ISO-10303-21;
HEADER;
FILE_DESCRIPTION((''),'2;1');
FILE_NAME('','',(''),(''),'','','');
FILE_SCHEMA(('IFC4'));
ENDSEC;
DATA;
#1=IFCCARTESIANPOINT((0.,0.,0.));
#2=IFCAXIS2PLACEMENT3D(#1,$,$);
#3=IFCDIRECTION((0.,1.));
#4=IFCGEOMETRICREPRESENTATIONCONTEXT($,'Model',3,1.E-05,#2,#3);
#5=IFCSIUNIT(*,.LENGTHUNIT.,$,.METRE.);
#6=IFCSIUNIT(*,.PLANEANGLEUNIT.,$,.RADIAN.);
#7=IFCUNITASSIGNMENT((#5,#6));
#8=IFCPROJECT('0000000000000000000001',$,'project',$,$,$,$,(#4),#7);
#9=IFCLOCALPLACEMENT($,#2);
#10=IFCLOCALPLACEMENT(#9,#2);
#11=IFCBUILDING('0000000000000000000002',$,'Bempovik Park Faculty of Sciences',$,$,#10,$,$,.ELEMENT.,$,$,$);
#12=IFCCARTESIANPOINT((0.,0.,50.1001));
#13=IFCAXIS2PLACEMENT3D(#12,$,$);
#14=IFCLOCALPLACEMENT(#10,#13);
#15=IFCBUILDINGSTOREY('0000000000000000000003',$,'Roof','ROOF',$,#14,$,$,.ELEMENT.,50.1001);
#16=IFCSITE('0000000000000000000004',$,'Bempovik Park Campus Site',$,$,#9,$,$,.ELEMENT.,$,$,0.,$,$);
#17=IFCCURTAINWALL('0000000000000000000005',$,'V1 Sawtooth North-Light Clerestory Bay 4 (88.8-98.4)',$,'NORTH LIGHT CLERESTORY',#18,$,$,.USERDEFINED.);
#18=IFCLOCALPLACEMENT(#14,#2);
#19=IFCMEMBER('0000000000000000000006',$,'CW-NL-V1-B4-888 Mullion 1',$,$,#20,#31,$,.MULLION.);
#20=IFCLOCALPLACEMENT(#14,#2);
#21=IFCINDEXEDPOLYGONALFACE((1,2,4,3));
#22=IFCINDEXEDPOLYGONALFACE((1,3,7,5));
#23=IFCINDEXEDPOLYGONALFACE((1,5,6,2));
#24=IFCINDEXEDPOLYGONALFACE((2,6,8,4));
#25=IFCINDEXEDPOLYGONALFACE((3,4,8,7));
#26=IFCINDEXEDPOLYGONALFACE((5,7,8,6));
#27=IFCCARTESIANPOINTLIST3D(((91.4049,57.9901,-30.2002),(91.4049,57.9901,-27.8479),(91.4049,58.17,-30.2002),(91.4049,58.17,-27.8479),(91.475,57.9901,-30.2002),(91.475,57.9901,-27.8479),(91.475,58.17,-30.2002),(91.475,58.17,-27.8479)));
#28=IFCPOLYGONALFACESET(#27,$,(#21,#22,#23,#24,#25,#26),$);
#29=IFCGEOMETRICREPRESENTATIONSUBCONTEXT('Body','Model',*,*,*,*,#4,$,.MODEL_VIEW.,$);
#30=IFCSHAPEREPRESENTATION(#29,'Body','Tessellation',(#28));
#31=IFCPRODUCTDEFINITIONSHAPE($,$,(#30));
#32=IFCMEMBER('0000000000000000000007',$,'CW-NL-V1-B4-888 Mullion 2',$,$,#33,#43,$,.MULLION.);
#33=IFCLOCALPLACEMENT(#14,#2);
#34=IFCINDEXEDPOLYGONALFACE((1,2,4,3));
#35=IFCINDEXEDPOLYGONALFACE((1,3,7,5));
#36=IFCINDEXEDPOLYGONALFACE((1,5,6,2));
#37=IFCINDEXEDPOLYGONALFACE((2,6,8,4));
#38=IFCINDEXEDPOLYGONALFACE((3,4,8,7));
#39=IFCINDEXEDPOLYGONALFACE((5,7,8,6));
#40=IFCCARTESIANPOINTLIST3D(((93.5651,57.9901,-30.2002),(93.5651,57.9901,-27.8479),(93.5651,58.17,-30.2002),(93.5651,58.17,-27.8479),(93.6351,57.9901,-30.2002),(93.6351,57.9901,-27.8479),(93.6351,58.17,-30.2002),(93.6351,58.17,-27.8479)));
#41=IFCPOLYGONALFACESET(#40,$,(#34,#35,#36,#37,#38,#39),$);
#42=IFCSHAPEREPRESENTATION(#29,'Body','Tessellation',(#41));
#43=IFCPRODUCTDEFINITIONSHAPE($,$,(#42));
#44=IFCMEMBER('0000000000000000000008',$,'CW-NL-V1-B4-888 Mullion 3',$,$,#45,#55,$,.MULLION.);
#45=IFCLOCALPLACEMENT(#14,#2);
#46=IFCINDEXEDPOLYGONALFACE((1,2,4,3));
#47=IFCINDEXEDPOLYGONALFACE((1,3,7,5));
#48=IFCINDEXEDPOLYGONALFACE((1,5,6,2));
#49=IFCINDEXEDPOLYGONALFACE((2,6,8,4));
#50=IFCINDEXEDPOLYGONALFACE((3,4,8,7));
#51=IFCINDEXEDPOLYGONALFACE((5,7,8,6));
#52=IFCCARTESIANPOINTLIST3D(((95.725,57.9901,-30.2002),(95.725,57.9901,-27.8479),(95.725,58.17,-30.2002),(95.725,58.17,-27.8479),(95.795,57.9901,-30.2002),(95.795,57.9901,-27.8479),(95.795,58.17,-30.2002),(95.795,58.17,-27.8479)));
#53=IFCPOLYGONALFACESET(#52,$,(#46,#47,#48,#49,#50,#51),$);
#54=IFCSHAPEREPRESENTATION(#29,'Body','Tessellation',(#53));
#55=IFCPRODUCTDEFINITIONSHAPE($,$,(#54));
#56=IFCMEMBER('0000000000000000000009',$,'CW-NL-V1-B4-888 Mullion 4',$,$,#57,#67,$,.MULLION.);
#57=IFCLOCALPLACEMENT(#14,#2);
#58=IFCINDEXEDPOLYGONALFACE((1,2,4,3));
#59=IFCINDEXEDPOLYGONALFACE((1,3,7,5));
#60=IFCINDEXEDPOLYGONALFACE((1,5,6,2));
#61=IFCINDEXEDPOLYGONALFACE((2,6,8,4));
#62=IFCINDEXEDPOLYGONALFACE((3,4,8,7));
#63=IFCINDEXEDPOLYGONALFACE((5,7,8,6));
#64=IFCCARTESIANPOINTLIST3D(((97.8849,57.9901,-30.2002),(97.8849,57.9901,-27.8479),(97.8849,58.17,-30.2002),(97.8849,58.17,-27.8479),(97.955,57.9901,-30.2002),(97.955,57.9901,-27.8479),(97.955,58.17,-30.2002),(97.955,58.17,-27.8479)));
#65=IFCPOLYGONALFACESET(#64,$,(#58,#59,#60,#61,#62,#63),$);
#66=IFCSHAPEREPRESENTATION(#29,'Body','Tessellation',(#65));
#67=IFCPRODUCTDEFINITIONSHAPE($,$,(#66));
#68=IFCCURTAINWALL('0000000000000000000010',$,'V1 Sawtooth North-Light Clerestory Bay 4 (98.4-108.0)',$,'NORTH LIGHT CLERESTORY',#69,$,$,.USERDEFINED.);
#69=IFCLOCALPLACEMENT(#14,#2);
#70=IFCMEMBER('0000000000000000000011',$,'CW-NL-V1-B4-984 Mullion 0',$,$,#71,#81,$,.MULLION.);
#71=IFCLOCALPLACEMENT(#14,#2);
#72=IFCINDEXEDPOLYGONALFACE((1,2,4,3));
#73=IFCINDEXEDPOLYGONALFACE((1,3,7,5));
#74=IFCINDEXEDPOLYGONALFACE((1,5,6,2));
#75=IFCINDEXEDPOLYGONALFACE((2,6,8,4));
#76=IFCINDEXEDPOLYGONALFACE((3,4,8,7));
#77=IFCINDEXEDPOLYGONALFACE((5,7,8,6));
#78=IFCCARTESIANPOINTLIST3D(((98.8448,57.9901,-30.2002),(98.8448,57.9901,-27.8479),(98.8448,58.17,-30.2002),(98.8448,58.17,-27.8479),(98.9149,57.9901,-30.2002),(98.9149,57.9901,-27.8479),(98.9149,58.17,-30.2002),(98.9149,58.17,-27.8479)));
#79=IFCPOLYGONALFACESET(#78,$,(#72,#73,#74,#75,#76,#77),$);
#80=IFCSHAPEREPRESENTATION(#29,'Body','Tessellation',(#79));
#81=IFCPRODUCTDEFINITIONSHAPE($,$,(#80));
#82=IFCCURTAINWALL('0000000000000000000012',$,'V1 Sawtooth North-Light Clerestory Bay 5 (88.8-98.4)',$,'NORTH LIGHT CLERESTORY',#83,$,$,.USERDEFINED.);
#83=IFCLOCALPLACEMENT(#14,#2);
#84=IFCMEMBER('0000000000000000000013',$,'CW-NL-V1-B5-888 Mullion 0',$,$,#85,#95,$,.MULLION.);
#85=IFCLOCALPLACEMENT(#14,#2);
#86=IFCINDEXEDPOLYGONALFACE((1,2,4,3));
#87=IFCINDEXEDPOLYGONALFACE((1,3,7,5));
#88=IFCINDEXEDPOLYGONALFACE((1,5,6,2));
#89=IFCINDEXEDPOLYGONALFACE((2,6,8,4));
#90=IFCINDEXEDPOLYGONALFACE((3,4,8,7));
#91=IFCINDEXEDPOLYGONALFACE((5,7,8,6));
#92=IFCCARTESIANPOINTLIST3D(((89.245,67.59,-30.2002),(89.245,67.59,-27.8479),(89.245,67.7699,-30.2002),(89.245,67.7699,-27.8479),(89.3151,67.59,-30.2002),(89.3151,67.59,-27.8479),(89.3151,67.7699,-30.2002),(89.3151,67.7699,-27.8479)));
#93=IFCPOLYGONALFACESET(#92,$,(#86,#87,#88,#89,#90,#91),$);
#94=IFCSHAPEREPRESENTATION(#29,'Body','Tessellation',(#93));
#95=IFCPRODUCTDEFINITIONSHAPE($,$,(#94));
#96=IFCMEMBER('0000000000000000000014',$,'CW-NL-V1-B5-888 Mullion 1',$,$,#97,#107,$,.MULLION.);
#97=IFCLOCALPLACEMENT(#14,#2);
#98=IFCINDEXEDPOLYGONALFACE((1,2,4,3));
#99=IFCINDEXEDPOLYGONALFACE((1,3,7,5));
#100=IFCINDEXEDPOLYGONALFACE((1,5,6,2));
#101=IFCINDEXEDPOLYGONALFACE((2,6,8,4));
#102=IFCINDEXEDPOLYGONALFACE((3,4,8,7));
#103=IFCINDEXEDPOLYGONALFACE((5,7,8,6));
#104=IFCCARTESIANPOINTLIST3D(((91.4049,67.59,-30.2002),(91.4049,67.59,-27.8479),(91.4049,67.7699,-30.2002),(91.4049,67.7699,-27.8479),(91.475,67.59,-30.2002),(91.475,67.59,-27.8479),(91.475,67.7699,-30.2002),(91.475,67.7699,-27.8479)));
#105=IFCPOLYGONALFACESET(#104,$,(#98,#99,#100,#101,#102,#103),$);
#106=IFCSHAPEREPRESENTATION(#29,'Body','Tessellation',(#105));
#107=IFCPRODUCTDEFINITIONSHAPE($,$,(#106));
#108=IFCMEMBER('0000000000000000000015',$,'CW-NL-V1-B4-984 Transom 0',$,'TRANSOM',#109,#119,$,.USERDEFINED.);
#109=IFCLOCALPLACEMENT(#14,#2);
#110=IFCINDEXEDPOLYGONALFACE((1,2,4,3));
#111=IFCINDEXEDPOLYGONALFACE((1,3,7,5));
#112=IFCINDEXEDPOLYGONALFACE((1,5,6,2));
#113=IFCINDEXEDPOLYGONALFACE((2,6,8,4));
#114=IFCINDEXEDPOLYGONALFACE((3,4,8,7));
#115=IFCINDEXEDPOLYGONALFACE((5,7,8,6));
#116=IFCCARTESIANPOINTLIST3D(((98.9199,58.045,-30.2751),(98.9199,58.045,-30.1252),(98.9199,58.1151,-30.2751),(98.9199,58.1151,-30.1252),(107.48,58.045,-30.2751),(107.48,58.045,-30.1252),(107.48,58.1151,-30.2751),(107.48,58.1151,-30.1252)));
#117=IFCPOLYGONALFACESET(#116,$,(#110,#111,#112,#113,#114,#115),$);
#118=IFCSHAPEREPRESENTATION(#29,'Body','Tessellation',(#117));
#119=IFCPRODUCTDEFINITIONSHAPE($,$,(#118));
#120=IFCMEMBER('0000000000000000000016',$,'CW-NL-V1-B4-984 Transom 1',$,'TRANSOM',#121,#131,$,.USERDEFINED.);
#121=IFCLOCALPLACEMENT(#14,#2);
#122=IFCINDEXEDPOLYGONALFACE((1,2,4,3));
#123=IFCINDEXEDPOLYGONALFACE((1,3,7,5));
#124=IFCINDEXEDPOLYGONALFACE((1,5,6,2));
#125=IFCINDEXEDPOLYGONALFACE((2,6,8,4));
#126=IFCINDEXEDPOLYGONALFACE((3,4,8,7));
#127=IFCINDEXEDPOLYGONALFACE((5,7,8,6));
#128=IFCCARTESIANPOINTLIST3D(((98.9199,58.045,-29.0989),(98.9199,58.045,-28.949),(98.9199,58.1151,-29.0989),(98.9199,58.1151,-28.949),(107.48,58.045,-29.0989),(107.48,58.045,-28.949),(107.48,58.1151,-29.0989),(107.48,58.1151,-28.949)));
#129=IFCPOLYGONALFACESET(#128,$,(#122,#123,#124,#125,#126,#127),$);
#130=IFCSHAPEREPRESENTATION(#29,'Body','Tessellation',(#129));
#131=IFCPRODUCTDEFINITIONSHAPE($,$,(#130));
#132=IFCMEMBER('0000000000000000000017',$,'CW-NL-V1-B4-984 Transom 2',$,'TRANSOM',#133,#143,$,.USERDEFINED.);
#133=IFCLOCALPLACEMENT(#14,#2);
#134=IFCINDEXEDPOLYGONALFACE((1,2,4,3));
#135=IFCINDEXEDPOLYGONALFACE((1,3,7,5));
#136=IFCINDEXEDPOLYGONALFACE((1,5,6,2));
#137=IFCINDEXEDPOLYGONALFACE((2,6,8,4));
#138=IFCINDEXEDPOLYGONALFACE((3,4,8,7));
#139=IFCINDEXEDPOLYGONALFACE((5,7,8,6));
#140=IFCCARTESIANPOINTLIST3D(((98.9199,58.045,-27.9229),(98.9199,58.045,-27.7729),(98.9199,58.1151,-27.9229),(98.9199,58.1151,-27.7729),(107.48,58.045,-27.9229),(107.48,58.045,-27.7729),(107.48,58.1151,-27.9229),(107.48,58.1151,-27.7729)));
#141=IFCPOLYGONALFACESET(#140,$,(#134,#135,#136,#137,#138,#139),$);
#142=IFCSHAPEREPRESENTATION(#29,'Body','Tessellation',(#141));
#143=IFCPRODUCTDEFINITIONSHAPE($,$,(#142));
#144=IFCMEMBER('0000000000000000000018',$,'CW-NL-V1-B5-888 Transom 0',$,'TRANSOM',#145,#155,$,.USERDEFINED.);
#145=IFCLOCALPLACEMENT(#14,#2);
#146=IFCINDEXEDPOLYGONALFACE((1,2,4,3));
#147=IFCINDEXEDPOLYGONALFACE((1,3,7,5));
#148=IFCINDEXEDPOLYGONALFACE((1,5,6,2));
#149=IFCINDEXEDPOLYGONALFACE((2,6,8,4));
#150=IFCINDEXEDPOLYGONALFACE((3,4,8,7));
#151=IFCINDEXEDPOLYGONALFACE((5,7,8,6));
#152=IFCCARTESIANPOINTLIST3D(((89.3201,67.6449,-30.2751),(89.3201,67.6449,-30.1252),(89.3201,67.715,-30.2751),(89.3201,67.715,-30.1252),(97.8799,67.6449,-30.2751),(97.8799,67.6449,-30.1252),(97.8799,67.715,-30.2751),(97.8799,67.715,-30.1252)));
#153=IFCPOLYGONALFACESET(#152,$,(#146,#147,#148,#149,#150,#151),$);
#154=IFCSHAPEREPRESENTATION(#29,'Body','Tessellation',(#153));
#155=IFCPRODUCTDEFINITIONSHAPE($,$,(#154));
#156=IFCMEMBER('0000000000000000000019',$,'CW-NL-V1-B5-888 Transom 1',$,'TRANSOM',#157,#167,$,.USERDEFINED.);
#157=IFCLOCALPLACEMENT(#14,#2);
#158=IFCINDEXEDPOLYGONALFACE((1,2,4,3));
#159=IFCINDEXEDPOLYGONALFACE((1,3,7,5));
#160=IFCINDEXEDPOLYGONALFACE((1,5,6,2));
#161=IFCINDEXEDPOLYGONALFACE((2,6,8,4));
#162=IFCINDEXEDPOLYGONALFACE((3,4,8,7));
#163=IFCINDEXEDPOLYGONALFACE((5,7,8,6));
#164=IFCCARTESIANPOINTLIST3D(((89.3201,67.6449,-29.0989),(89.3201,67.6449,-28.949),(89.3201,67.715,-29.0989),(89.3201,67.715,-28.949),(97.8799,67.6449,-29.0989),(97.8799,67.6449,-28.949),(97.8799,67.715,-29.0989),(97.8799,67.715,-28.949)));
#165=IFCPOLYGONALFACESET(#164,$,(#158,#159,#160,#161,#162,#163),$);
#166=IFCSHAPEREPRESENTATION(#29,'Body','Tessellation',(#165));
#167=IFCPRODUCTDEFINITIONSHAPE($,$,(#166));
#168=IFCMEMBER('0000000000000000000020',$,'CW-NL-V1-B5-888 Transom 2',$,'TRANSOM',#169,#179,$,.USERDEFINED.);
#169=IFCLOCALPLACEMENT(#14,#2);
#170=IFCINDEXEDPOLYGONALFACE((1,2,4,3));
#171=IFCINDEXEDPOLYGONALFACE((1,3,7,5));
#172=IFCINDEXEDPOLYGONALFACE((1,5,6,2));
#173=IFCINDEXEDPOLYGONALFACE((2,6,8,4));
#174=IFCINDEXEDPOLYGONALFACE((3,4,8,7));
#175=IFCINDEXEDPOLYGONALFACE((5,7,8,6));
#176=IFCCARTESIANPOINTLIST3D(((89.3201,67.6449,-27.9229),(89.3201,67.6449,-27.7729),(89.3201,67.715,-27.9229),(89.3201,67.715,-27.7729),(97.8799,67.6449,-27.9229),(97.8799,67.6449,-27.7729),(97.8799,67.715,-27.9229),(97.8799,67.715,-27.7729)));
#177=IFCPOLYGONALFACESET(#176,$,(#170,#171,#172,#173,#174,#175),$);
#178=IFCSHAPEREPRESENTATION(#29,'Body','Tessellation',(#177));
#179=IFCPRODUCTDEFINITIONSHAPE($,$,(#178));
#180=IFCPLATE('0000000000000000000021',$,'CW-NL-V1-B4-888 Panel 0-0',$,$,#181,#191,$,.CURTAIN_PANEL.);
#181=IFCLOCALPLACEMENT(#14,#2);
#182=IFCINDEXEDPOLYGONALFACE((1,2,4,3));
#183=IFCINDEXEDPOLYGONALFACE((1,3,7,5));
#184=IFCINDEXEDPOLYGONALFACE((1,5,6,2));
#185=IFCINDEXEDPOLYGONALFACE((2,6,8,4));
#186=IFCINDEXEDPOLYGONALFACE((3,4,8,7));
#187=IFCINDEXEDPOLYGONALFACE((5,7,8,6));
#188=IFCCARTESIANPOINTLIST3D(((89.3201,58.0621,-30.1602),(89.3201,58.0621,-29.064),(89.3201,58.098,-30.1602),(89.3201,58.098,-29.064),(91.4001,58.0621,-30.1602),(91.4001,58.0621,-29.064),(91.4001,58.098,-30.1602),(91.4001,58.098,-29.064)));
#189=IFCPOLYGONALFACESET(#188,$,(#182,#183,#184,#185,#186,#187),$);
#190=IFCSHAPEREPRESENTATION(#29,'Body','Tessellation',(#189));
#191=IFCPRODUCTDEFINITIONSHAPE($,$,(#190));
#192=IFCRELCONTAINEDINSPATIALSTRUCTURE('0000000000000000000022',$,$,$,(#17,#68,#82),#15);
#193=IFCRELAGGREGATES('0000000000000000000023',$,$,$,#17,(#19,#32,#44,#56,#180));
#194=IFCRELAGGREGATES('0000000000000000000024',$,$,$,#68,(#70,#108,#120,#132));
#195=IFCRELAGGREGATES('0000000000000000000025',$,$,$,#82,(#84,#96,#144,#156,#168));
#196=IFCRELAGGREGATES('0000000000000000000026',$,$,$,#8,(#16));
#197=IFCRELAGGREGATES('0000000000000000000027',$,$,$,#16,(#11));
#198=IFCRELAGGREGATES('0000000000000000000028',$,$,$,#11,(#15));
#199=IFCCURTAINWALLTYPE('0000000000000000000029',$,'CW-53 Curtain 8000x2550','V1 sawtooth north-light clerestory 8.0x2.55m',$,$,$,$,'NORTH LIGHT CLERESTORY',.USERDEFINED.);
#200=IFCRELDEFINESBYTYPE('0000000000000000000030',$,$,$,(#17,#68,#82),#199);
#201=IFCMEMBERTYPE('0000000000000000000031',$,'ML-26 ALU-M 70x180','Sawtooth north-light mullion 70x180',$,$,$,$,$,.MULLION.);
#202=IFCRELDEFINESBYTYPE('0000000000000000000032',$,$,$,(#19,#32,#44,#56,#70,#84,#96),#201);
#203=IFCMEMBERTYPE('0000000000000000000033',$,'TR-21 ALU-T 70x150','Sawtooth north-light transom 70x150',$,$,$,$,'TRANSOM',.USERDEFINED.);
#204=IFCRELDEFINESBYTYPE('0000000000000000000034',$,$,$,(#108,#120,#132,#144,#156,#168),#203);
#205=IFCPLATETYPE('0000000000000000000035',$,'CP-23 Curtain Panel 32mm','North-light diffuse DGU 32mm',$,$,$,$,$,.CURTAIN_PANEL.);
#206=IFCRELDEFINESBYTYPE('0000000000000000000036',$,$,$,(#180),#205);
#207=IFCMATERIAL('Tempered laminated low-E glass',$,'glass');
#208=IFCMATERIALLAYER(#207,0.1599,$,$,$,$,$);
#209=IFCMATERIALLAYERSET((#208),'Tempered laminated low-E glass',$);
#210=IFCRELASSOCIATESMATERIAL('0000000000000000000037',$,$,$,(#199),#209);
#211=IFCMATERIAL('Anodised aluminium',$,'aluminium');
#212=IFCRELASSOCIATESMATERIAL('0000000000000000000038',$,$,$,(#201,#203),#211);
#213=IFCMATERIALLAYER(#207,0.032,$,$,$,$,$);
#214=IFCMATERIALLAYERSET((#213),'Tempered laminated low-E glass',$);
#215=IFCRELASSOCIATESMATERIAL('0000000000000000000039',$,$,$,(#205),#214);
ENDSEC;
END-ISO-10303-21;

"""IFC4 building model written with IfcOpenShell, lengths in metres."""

from ifc_helpers import new_model, si_unit, direction, frame, origin, origin_2d, place, context, subcontext, project, spatial, rectangle, extrude, material, layer, layer_set, material_profile, profile_set, type_object, element, aggregate, save


model = new_model("IFC4")

# Units and contexts
model_context = context("Model", 3, precision=1e-05, world=origin(), true_north=direction((0.0, 1.0)))
body_context = subcontext(model_context, "Body", "Model", "MODEL_VIEW")
ifc_project = project(units=[si_unit("LENGTHUNIT", "METRE"), si_unit("PLANEANGLEUNIT", "RADIAN")], contexts=[model_context])

# Site, building, storey
site_placement = place(None, origin())
site = spatial("IfcSite", under=ifc_project, at=site_placement, Name="Bempovik Park Campus Site", CompositionType="ELEMENT", RefElevation=0.0)
building_placement = place(site_placement, origin())
building = spatial("IfcBuilding", under=site, at=building_placement, Name="Bempovik Park Faculty of Sciences", CompositionType="ELEMENT")
storey_placement = place(building_placement, frame((0.0, 0.0, 50.1001)))
storey = spatial("IfcBuildingStorey", under=building, at=storey_placement, Name="Roof", Description="ROOF", CompositionType="ELEMENT", Elevation=50.1001)

# Curtain wall, members
ifc_material_1 = material(Name="Tempered laminated low-E glass", Category="glass")
ifc_layer_1 = layer(ifc_material_1, 0.1599)
ifc_layer_set_1 = layer_set([ifc_layer_1], Name="Tempered laminated low-E glass")
curtain_wall_type = type_object("IfcCurtainWallType", Name="CW-53 Curtain 8000x2550", Description="V1 sawtooth north-light clerestory 8.0x2.55m", ElementType="NORTH LIGHT CLERESTORY", PredefinedType="USERDEFINED", material=ifc_layer_set_1)
curtain_wall_1_placement = place(storey_placement, origin())
curtain_wall_1 = element("IfcCurtainWall", 1, at=curtain_wall_1_placement, inside=storey, type_object=curtain_wall_type, Name="V1 Sawtooth North-Light Clerestory Bay 4 (88.8-98.4)", ObjectType="NORTH LIGHT CLERESTORY", PredefinedType="USERDEFINED")
ifc_material_2 = material(Name="Anodised aluminium", Category="aluminium")
ifc_material_profile_1 = material_profile(ifc_material_2, rectangle(XDim=0.0701, YDim=0.1799, at=origin_2d()), Name="ALU-M 70x180")
ifc_profile_set_1 = profile_set([ifc_material_profile_1], Name="Anodised aluminium")
member_type_1 = type_object("IfcMemberType", Name="ML-26 ALU-M 70x180", Description="Sawtooth north-light mullion 70x180", PredefinedType="MULLION", material=ifc_profile_set_1)
member_1_placement = place(storey_placement, frame((91.4399, 58.0801, -30.2002), z_axis=(0.0, 0.0, 1.0), x_axis=(1.0, 0.0, 0.0)))
member_1 = element("IfcMember", 2, at=member_1_placement, type_object=member_type_1, Name="CW-NL-V1-B4-888 Mullion 1", PredefinedType="MULLION", context=body_context, shape_type="SweptSolid", body=[
    extrude(rectangle(XDim=0.0701, YDim=0.1799, at=origin_2d()), origin(), (0.0, 0.0, 1.0), 2.3523),
])
member_2_placement = place(storey_placement, frame((93.6001, 58.0801, -30.2002), z_axis=(0.0, 0.0, 1.0), x_axis=(1.0, 0.0, 0.0)))
member_2 = element("IfcMember", 3, at=member_2_placement, type_object=member_type_1, Name="CW-NL-V1-B4-888 Mullion 2", PredefinedType="MULLION", context=body_context, shape_type="SweptSolid", body=[
    extrude(rectangle(XDim=0.0701, YDim=0.1799, at=origin_2d()), origin(), (0.0, 0.0, 1.0), 2.3523),
])
member_3_placement = place(storey_placement, frame((95.76, 58.0801, -30.2002), z_axis=(0.0, 0.0, 1.0), x_axis=(1.0, 0.0, 0.0)))
member_3 = element("IfcMember", 4, at=member_3_placement, type_object=member_type_1, Name="CW-NL-V1-B4-888 Mullion 3", PredefinedType="MULLION", context=body_context, shape_type="SweptSolid", body=[
    extrude(rectangle(XDim=0.0701, YDim=0.1799, at=origin_2d()), origin(), (0.0, 0.0, 1.0), 2.3523),
])
member_4_placement = place(storey_placement, frame((97.9199, 58.0801, -30.2002), z_axis=(0.0, 0.0, 1.0), x_axis=(1.0, 0.0, 0.0)))
member_4 = element("IfcMember", 5, at=member_4_placement, type_object=member_type_1, Name="CW-NL-V1-B4-888 Mullion 4", PredefinedType="MULLION", context=body_context, shape_type="SweptSolid", body=[
    extrude(rectangle(XDim=0.0701, YDim=0.1799, at=origin_2d()), origin(), (0.0, 0.0, 1.0), 2.3523),
])

# Curtain wall, member
curtain_wall_2_placement = place(storey_placement, origin())
curtain_wall_2 = element("IfcCurtainWall", 6, at=curtain_wall_2_placement, inside=storey, type_object=curtain_wall_type, Name="V1 Sawtooth North-Light Clerestory Bay 4 (98.4-108.0)", ObjectType="NORTH LIGHT CLERESTORY", PredefinedType="USERDEFINED")
member_5_placement = place(storey_placement, frame((98.8799, 58.0801, -30.2002), z_axis=(0.0, 0.0, 1.0), x_axis=(1.0, 0.0, 0.0)))
member_5 = element("IfcMember", 7, at=member_5_placement, type_object=member_type_1, Name="CW-NL-V1-B4-984 Mullion 0", PredefinedType="MULLION", context=body_context, shape_type="SweptSolid", body=[
    extrude(rectangle(XDim=0.0701, YDim=0.1799, at=origin_2d()), origin(), (0.0, 0.0, 1.0), 2.3523),
])

# Curtain wall, members
curtain_wall_3_placement = place(storey_placement, origin())
curtain_wall_3 = element("IfcCurtainWall", 8, at=curtain_wall_3_placement, inside=storey, type_object=curtain_wall_type, Name="V1 Sawtooth North-Light Clerestory Bay 5 (88.8-98.4)", ObjectType="NORTH LIGHT CLERESTORY", PredefinedType="USERDEFINED")
member_6_placement = place(storey_placement, frame((89.28, 67.6799, -30.2002), z_axis=(0.0, 0.0, 1.0), x_axis=(1.0, 0.0, 0.0)))
member_6 = element("IfcMember", 9, at=member_6_placement, type_object=member_type_1, Name="CW-NL-V1-B5-888 Mullion 0", PredefinedType="MULLION", context=body_context, shape_type="SweptSolid", body=[
    extrude(rectangle(XDim=0.0701, YDim=0.1799, at=origin_2d()), origin(), (0.0, 0.0, 1.0), 2.3523),
])
member_7_placement = place(storey_placement, frame((91.4399, 67.6799, -30.2002), z_axis=(0.0, 0.0, 1.0), x_axis=(1.0, 0.0, 0.0)))
member_7 = element("IfcMember", 10, at=member_7_placement, type_object=member_type_1, Name="CW-NL-V1-B5-888 Mullion 1", PredefinedType="MULLION", context=body_context, shape_type="SweptSolid", body=[
    extrude(rectangle(XDim=0.0701, YDim=0.1799, at=origin_2d()), origin(), (0.0, 0.0, 1.0), 2.3523),
])

# Members
ifc_material_profile_2 = material_profile(ifc_material_2, rectangle(XDim=0.0701, YDim=0.1499, at=origin_2d()), Name="ALU-T 70x150")
ifc_profile_set_2 = profile_set([ifc_material_profile_2], Name="Anodised aluminium")
member_type_2 = type_object("IfcMemberType", Name="TR-21 ALU-T 70x150", Description="Sawtooth north-light transom 70x150", ElementType="TRANSOM", PredefinedType="USERDEFINED", material=ifc_profile_set_2)
member_8_placement = place(storey_placement, frame((98.9199, 58.0801, -30.2002), z_axis=(1.0, 0.0, 0.0), x_axis=(0.0, 1.0, 0.0)))
member_8 = element("IfcMember", 11, at=member_8_placement, type_object=member_type_2, Name="CW-NL-V1-B4-984 Transom 0", ObjectType="TRANSOM", PredefinedType="USERDEFINED", context=body_context, shape_type="SweptSolid", body=[
    extrude(rectangle(XDim=0.0701, YDim=0.1499, at=origin_2d()), origin(), (0.0, 0.0, 1.0), 8.5601),
])
member_9_placement = place(storey_placement, frame((98.9199, 58.0801, -29.0239), z_axis=(1.0, 0.0, 0.0), x_axis=(0.0, 1.0, 0.0)))
member_9 = element("IfcMember", 12, at=member_9_placement, type_object=member_type_2, Name="CW-NL-V1-B4-984 Transom 1", ObjectType="TRANSOM", PredefinedType="USERDEFINED", context=body_context, shape_type="SweptSolid", body=[
    extrude(rectangle(XDim=0.0701, YDim=0.1499, at=origin_2d()), origin(), (0.0, 0.0, 1.0), 8.5601),
])
member_10_placement = place(storey_placement, frame((98.9199, 58.0801, -27.8479), z_axis=(1.0, 0.0, 0.0), x_axis=(0.0, 1.0, 0.0)))
member_10 = element("IfcMember", 13, at=member_10_placement, type_object=member_type_2, Name="CW-NL-V1-B4-984 Transom 2", ObjectType="TRANSOM", PredefinedType="USERDEFINED", context=body_context, shape_type="SweptSolid", body=[
    extrude(rectangle(XDim=0.0701, YDim=0.1499, at=origin_2d()), origin(), (0.0, 0.0, 1.0), 8.5601),
])
member_11_placement = place(storey_placement, frame((89.3201, 67.6799, -30.2002), z_axis=(1.0, 0.0, 0.0), x_axis=(0.0, 1.0, 0.0)))
member_11 = element("IfcMember", 14, at=member_11_placement, type_object=member_type_2, Name="CW-NL-V1-B5-888 Transom 0", ObjectType="TRANSOM", PredefinedType="USERDEFINED", context=body_context, shape_type="SweptSolid", body=[
    extrude(rectangle(XDim=0.0701, YDim=0.1499, at=origin_2d()), origin(), (0.0, 0.0, 1.0), 8.5598),
])
member_12_placement = place(storey_placement, frame((89.3201, 67.6799, -29.0239), z_axis=(1.0, 0.0, 0.0), x_axis=(0.0, 1.0, 0.0)))
member_12 = element("IfcMember", 15, at=member_12_placement, type_object=member_type_2, Name="CW-NL-V1-B5-888 Transom 1", ObjectType="TRANSOM", PredefinedType="USERDEFINED", context=body_context, shape_type="SweptSolid", body=[
    extrude(rectangle(XDim=0.0701, YDim=0.1499, at=origin_2d()), origin(), (0.0, 0.0, 1.0), 8.5598),
])
member_13_placement = place(storey_placement, frame((89.3201, 67.6799, -27.8479), z_axis=(1.0, 0.0, 0.0), x_axis=(0.0, 1.0, 0.0)))
member_13 = element("IfcMember", 16, at=member_13_placement, type_object=member_type_2, Name="CW-NL-V1-B5-888 Transom 2", ObjectType="TRANSOM", PredefinedType="USERDEFINED", context=body_context, shape_type="SweptSolid", body=[
    extrude(rectangle(XDim=0.0701, YDim=0.1499, at=origin_2d()), origin(), (0.0, 0.0, 1.0), 8.5598),
])

# Plate
ifc_layer_2 = layer(ifc_material_1, 0.032)
ifc_layer_set_2 = layer_set([ifc_layer_2], Name="Tempered laminated low-E glass")
plate_type = type_object("IfcPlateType", Name="CP-23 Curtain Panel 32mm", Description="North-light diffuse DGU 32mm", PredefinedType="CURTAIN_PANEL", material=ifc_layer_set_2)
plate_1_placement = place(storey_placement, frame((90.3601, 58.0801, -30.1602), z_axis=(0.0, 0.0, 1.0), x_axis=(1.0, 0.0, 0.0)))
plate_1 = element("IfcPlate", 17, at=plate_1_placement, type_object=plate_type, Name="CW-NL-V1-B4-888 Panel 0-0", PredefinedType="CURTAIN_PANEL", context=body_context, shape_type="SweptSolid", body=[
    extrude(rectangle(XDim=2.0801, YDim=0.0359, at=origin_2d()), origin(), (0.0, 0.0, 1.0), 1.0962),
])
aggregate(curtain_wall_1, [member_1, member_2, member_3, member_4, plate_1])
aggregate(curtain_wall_2, [member_5, member_8, member_9, member_10])
aggregate(curtain_wall_3, [member_6, member_7, member_11, member_12, member_13])

save(model, "model.ifc")
